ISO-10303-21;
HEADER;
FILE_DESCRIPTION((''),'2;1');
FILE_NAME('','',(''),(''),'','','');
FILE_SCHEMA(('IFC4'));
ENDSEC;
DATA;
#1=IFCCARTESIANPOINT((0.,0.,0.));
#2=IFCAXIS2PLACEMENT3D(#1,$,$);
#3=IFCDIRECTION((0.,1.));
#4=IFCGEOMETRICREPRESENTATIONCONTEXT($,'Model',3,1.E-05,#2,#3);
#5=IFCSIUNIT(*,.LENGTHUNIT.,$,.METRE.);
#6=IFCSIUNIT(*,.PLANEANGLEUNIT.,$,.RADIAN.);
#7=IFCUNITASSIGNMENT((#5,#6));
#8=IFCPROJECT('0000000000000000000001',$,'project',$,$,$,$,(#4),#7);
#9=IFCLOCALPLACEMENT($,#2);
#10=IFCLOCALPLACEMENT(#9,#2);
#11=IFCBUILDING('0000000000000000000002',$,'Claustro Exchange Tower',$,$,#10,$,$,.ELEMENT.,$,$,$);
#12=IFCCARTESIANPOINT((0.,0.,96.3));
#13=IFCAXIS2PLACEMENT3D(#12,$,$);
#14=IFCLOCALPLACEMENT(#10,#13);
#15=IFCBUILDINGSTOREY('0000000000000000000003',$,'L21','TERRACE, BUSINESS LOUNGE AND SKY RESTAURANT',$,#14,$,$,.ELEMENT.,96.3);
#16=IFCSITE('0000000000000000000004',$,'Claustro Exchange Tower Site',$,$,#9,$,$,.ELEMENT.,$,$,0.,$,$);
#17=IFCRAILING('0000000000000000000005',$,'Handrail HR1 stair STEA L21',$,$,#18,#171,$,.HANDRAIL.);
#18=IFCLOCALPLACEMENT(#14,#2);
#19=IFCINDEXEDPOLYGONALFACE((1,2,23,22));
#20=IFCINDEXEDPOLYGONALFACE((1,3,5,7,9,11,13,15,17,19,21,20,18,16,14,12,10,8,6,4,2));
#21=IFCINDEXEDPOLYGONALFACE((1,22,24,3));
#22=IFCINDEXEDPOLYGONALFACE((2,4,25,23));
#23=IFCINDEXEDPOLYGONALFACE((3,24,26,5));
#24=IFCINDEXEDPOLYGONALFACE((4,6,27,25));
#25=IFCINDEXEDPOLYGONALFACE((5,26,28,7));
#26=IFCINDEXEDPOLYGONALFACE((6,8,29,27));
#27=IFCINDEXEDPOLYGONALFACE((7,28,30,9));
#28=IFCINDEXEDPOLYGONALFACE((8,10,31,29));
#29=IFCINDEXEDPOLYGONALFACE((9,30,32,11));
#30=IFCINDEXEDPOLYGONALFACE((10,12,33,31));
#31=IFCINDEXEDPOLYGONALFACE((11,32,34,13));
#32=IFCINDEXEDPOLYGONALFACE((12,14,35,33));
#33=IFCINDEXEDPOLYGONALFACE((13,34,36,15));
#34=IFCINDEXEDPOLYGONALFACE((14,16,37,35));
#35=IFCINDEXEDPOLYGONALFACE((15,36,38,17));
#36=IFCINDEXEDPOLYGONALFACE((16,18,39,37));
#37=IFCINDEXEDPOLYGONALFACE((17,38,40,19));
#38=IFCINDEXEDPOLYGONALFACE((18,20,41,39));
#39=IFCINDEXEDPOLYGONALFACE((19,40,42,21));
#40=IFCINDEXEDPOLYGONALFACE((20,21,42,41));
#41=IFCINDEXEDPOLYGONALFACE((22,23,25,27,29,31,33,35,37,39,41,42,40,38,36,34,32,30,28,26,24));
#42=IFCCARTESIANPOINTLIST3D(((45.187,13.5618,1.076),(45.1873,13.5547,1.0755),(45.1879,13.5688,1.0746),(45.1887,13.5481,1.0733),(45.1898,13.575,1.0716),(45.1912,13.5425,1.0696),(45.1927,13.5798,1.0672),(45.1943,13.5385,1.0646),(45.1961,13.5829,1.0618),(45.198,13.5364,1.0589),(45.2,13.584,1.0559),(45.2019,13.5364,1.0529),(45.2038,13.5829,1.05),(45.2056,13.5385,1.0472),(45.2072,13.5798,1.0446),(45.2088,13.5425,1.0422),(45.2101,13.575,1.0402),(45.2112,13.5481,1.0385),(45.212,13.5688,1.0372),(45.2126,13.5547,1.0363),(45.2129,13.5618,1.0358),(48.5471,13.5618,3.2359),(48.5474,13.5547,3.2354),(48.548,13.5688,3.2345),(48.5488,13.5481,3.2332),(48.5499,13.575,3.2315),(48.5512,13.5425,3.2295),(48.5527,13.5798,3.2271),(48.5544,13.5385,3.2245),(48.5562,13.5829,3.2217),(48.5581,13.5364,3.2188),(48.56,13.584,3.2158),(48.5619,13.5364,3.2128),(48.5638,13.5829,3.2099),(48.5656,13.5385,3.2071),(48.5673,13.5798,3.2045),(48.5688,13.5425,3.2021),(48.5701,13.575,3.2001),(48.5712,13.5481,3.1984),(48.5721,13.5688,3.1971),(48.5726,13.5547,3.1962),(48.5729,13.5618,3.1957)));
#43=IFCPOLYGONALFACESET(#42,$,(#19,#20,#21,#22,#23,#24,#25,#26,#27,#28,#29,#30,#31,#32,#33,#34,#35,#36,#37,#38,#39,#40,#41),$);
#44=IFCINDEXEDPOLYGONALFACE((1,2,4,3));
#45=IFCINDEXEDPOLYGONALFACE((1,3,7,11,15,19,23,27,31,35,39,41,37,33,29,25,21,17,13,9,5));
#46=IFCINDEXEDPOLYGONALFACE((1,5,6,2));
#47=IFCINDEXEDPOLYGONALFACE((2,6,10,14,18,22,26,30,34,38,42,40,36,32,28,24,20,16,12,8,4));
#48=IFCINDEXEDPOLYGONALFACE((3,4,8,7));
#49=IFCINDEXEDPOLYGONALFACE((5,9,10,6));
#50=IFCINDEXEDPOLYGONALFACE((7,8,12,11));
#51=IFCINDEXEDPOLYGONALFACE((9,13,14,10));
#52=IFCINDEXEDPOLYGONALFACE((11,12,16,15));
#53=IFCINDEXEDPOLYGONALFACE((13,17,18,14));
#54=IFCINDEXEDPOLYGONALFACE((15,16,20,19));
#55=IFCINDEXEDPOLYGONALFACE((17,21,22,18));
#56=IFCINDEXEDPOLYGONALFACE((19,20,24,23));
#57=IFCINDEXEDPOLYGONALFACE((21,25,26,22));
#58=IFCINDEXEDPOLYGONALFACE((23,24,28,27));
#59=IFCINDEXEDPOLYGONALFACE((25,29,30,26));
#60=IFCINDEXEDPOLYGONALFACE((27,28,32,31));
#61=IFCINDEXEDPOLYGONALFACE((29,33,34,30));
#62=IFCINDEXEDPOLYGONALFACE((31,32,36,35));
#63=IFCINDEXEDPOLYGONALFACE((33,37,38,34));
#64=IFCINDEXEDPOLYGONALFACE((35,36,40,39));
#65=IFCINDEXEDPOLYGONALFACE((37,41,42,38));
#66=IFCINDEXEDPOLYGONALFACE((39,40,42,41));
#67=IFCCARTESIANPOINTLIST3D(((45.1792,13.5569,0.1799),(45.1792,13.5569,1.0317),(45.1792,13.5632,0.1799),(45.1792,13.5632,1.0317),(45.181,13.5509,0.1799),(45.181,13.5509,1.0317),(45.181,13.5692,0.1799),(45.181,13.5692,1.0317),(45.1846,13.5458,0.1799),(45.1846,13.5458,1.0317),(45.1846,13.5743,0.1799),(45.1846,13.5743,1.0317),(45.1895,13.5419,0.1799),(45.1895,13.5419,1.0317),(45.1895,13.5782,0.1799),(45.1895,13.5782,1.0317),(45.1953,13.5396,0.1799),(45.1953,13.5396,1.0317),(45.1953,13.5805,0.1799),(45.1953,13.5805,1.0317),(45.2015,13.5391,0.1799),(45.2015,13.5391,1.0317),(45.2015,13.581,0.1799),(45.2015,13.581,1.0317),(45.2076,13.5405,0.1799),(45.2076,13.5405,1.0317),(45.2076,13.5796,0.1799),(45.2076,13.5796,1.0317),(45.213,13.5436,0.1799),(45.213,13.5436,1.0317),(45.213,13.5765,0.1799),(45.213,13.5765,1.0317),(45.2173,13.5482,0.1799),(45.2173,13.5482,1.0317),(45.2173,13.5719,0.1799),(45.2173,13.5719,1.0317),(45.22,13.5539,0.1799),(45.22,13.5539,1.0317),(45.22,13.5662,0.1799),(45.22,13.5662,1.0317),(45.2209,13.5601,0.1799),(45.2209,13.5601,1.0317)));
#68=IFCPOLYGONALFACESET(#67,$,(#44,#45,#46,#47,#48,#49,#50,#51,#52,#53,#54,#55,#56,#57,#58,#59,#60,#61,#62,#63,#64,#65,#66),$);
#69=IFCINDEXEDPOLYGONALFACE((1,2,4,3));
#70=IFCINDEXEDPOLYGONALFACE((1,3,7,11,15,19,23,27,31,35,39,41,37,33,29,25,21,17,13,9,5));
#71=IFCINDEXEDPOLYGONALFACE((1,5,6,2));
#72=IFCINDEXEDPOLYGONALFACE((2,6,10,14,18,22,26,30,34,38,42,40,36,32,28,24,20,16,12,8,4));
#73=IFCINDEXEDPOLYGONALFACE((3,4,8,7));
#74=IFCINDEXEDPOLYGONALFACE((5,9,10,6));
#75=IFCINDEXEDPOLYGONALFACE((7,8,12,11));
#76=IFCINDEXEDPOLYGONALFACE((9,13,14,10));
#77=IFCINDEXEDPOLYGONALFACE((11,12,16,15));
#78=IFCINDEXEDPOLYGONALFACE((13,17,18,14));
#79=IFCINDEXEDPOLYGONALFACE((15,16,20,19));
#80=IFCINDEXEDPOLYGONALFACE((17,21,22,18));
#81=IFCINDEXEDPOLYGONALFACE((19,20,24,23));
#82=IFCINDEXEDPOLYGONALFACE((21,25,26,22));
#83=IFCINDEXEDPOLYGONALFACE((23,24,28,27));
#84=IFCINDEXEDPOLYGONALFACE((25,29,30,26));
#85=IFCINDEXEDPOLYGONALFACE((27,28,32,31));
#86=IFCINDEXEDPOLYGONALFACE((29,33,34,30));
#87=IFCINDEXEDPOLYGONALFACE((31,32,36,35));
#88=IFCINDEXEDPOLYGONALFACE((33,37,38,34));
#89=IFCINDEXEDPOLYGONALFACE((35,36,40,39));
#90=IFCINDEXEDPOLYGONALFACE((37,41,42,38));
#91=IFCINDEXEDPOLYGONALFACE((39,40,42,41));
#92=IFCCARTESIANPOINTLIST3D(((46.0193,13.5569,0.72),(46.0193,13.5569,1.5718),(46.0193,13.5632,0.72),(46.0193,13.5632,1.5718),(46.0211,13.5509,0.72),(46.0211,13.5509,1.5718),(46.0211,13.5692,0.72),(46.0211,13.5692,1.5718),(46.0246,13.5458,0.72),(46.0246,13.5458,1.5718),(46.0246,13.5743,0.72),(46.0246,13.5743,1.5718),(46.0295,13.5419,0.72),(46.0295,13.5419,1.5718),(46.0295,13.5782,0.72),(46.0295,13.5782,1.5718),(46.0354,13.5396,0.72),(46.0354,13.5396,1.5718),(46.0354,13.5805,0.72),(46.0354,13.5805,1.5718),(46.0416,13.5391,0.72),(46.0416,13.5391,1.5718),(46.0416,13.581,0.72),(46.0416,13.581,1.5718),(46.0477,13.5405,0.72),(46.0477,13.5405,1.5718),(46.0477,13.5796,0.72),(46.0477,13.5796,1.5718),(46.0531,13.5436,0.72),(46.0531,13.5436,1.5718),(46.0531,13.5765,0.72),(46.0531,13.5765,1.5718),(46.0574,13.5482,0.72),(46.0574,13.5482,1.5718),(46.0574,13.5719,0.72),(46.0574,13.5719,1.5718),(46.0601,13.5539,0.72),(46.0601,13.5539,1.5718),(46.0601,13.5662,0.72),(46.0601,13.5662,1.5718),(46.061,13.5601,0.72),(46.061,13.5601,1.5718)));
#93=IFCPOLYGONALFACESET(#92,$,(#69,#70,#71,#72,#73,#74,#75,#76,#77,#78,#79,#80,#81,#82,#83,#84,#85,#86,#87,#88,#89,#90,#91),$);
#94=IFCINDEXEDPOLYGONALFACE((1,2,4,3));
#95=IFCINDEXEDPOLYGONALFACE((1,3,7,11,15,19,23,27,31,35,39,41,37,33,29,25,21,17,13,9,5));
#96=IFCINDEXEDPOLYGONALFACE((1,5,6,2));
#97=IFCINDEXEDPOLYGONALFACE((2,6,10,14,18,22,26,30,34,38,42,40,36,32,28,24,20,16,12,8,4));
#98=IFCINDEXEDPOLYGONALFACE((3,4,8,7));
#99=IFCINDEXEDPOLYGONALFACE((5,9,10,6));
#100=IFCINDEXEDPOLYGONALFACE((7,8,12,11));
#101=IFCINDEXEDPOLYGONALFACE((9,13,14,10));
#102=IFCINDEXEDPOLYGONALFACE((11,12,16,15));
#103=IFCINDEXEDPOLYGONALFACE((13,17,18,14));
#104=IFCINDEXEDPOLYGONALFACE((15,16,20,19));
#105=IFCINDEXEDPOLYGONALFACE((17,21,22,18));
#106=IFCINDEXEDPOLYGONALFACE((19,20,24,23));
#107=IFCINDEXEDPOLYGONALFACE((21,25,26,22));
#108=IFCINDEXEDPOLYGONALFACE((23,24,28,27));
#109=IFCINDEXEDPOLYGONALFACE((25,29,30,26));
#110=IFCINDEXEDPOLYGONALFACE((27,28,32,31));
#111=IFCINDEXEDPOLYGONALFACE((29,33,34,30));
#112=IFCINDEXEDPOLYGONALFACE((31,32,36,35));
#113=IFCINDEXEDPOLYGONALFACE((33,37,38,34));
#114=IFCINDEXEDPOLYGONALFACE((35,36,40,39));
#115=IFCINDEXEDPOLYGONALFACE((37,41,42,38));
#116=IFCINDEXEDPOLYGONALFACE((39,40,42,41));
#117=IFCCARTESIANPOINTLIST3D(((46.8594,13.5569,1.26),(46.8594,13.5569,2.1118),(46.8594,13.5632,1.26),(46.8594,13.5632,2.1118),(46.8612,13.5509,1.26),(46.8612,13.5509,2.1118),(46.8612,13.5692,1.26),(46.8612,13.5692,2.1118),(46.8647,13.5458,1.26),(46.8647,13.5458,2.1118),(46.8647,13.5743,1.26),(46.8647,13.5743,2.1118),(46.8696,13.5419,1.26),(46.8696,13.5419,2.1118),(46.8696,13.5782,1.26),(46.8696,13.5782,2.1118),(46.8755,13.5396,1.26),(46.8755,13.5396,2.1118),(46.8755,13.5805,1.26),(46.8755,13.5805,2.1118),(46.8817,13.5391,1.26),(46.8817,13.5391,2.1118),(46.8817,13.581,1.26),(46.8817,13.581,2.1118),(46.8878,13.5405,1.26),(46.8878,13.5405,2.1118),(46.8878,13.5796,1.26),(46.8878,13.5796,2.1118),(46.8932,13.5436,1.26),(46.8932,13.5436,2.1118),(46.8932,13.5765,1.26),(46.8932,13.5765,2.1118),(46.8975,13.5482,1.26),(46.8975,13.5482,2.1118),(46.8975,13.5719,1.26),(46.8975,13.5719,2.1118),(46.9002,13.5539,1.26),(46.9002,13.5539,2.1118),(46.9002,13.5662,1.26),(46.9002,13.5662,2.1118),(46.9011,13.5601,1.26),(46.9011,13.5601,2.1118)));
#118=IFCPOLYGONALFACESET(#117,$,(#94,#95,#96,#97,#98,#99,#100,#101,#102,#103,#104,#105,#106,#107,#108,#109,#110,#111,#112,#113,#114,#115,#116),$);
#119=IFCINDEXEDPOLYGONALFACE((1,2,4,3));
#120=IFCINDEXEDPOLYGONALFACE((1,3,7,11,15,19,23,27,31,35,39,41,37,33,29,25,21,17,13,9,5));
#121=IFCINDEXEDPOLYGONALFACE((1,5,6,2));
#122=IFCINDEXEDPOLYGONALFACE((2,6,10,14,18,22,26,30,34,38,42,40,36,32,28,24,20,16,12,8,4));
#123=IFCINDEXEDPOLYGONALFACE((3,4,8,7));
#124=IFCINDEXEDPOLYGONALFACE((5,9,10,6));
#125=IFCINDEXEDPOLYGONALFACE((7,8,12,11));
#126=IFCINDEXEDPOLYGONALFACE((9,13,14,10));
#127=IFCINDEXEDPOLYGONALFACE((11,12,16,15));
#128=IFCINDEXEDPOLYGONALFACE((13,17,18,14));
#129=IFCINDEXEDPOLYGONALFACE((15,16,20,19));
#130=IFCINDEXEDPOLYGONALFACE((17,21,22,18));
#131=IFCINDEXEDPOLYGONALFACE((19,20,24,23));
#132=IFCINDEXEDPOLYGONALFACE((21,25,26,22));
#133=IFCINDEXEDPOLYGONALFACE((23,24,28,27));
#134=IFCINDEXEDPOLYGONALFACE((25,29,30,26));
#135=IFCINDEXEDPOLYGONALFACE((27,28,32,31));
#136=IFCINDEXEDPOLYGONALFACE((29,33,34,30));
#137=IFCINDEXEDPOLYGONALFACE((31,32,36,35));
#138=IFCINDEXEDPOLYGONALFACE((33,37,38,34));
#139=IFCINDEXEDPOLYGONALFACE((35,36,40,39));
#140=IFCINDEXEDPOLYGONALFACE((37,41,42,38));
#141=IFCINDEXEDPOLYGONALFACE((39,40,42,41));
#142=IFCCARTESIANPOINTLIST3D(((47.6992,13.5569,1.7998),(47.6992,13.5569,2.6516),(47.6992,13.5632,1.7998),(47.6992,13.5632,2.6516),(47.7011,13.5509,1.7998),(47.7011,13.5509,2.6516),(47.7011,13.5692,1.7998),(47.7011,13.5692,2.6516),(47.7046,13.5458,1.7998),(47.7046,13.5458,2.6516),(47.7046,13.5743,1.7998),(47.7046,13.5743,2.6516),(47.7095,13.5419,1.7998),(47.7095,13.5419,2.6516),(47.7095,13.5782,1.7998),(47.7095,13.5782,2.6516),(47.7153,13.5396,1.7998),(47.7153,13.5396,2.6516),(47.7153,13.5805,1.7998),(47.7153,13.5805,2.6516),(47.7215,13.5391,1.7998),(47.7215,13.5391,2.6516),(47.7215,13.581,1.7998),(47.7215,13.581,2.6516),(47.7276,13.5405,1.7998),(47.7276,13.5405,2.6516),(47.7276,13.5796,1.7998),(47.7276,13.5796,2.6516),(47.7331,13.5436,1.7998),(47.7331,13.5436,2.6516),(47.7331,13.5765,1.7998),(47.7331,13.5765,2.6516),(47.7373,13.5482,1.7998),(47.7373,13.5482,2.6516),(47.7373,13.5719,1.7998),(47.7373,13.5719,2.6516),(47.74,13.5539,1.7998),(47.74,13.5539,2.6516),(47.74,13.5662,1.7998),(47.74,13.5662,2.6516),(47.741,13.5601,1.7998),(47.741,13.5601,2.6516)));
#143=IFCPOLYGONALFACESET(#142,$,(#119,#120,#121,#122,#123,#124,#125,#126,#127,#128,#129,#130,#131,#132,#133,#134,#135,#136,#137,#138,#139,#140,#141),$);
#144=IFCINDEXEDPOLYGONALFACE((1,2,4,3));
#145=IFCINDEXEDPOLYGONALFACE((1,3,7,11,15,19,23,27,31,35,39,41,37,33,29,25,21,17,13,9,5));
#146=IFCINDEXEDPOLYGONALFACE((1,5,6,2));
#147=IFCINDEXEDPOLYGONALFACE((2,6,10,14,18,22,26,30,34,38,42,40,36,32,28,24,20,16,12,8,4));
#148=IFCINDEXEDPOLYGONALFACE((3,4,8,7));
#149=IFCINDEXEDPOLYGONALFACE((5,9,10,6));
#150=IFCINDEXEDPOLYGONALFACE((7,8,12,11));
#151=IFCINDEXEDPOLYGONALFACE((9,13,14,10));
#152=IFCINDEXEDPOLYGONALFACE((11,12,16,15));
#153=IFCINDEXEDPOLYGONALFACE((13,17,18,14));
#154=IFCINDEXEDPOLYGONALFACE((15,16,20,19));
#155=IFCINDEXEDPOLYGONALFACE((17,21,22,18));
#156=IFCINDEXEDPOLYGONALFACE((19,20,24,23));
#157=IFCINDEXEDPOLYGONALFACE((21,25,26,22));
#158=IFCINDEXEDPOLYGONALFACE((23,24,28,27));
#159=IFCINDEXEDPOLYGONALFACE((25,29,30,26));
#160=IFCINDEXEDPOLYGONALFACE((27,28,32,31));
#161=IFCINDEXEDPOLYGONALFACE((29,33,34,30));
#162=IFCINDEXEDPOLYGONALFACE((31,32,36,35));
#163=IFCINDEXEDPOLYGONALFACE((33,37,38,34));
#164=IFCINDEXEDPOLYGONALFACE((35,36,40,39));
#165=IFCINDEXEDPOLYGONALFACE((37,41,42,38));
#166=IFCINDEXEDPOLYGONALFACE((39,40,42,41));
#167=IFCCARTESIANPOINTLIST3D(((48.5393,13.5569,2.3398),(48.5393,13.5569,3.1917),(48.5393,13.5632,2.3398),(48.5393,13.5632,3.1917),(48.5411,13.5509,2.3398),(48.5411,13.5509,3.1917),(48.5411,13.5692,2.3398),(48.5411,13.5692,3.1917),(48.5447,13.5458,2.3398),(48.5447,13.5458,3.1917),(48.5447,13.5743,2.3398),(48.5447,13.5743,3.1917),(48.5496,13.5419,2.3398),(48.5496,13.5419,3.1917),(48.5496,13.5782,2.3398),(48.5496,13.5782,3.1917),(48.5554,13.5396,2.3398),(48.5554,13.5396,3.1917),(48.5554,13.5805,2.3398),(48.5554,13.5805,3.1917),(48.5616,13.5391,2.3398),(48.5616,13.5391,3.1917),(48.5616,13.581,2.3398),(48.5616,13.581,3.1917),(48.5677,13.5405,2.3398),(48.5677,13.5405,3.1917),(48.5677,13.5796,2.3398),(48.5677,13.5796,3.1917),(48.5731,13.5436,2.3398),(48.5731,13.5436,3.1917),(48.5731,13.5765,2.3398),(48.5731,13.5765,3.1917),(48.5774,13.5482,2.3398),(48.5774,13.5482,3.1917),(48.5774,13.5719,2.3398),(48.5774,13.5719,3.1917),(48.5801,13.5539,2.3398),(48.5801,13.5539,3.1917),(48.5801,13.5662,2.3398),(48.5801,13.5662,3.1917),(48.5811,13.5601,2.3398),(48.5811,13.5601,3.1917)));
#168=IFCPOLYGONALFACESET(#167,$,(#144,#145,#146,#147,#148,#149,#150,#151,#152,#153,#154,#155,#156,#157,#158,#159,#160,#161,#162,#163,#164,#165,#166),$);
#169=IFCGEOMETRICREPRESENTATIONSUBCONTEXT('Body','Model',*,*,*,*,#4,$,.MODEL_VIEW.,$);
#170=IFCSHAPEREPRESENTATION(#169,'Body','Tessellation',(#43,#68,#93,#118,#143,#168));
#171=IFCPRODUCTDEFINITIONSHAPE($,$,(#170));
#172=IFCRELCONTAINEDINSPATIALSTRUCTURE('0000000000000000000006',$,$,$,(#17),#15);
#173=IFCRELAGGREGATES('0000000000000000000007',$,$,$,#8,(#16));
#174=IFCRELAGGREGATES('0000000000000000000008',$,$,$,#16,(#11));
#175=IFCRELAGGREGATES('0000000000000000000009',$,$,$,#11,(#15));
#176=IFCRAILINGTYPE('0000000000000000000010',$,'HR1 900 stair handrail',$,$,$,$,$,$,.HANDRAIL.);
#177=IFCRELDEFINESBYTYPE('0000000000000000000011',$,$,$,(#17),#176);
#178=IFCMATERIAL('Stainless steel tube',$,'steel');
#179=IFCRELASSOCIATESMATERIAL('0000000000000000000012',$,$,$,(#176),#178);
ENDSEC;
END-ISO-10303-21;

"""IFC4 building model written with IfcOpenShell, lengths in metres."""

from ifc_helpers import new_model, si_unit, direction, frame, origin, origin_2d, place, context, subcontext, project, spatial, circle, extrude, material, type_object, element, save


model = new_model("IFC4")

# Units and contexts
model_context = context("Model", 3, precision=1e-05, world=origin(), true_north=direction((0.0, 1.0)))
body_context = subcontext(model_context, "Body", "Model", "MODEL_VIEW")
ifc_project = project(units=[si_unit("LENGTHUNIT", "METRE"), si_unit("PLANEANGLEUNIT", "RADIAN")], contexts=[model_context])

# Site, building, storey
site_placement = place(None, origin())
site = spatial("IfcSite", under=ifc_project, at=site_placement, Name="Claustro Exchange Tower Site", CompositionType="ELEMENT", RefElevation=0.0)
building_placement = place(site_placement, origin())
building = spatial("IfcBuilding", under=site, at=building_placement, Name="Claustro Exchange Tower", CompositionType="ELEMENT")
storey_placement = place(building_placement, frame((0.0, 0.0, 96.3)))
storey = spatial("IfcBuildingStorey", under=building, at=storey_placement, Name="L21", Description="TERRACE, BUSINESS LOUNGE AND SKY RESTAURANT", CompositionType="ELEMENT", Elevation=96.3)

# Railing
ifc_material_1 = material(Name="Stainless steel tube", Category="steel")
railing_type_1 = type_object("IfcRailingType", Name="HR1 900 stair handrail", PredefinedType="HANDRAIL", material=ifc_material_1)
railing_1_placement = place(storey_placement, frame((45.2, 13.5601, 0.1799)))
element("IfcRailing", 1, at=railing_1_placement, inside=storey, type_object=railing_type_1, Name="Handrail HR1 stair STEA L21", PredefinedType="HANDRAIL", context=body_context, shape_type="SweptSolid", body=[
    extrude(circle(Radius=0.0239, at=origin_2d()), frame((0.0, 0.0, 0.876), z_axis=(0.841196, 0.0, 0.54073), x_axis=(0.0, 1.0, 0.0)), (0.0, 0.0, 1.0), 3.9944),
    extrude(circle(Radius=0.021, at=origin_2d()), origin(), (0.0, 0.0, 1.0), 0.8518),
    extrude(circle(Radius=0.021, at=origin_2d()), frame((0.8401, 0.0, 0.54)), (0.0, 0.0, 1.0), 0.8518),
    extrude(circle(Radius=0.021, at=origin_2d()), frame((1.6802, 0.0, 1.0801)), (0.0, 0.0, 1.0), 0.8518),
    extrude(circle(Radius=0.021, at=origin_2d()), frame((2.52, 0.0, 1.6199)), (0.0, 0.0, 1.0), 0.8518),
    extrude(circle(Radius=0.021, at=origin_2d()), frame((3.3601, 0.0, 2.1599)), (0.0, 0.0, 1.0), 0.8518),
])

save(model, "model.ifc")
